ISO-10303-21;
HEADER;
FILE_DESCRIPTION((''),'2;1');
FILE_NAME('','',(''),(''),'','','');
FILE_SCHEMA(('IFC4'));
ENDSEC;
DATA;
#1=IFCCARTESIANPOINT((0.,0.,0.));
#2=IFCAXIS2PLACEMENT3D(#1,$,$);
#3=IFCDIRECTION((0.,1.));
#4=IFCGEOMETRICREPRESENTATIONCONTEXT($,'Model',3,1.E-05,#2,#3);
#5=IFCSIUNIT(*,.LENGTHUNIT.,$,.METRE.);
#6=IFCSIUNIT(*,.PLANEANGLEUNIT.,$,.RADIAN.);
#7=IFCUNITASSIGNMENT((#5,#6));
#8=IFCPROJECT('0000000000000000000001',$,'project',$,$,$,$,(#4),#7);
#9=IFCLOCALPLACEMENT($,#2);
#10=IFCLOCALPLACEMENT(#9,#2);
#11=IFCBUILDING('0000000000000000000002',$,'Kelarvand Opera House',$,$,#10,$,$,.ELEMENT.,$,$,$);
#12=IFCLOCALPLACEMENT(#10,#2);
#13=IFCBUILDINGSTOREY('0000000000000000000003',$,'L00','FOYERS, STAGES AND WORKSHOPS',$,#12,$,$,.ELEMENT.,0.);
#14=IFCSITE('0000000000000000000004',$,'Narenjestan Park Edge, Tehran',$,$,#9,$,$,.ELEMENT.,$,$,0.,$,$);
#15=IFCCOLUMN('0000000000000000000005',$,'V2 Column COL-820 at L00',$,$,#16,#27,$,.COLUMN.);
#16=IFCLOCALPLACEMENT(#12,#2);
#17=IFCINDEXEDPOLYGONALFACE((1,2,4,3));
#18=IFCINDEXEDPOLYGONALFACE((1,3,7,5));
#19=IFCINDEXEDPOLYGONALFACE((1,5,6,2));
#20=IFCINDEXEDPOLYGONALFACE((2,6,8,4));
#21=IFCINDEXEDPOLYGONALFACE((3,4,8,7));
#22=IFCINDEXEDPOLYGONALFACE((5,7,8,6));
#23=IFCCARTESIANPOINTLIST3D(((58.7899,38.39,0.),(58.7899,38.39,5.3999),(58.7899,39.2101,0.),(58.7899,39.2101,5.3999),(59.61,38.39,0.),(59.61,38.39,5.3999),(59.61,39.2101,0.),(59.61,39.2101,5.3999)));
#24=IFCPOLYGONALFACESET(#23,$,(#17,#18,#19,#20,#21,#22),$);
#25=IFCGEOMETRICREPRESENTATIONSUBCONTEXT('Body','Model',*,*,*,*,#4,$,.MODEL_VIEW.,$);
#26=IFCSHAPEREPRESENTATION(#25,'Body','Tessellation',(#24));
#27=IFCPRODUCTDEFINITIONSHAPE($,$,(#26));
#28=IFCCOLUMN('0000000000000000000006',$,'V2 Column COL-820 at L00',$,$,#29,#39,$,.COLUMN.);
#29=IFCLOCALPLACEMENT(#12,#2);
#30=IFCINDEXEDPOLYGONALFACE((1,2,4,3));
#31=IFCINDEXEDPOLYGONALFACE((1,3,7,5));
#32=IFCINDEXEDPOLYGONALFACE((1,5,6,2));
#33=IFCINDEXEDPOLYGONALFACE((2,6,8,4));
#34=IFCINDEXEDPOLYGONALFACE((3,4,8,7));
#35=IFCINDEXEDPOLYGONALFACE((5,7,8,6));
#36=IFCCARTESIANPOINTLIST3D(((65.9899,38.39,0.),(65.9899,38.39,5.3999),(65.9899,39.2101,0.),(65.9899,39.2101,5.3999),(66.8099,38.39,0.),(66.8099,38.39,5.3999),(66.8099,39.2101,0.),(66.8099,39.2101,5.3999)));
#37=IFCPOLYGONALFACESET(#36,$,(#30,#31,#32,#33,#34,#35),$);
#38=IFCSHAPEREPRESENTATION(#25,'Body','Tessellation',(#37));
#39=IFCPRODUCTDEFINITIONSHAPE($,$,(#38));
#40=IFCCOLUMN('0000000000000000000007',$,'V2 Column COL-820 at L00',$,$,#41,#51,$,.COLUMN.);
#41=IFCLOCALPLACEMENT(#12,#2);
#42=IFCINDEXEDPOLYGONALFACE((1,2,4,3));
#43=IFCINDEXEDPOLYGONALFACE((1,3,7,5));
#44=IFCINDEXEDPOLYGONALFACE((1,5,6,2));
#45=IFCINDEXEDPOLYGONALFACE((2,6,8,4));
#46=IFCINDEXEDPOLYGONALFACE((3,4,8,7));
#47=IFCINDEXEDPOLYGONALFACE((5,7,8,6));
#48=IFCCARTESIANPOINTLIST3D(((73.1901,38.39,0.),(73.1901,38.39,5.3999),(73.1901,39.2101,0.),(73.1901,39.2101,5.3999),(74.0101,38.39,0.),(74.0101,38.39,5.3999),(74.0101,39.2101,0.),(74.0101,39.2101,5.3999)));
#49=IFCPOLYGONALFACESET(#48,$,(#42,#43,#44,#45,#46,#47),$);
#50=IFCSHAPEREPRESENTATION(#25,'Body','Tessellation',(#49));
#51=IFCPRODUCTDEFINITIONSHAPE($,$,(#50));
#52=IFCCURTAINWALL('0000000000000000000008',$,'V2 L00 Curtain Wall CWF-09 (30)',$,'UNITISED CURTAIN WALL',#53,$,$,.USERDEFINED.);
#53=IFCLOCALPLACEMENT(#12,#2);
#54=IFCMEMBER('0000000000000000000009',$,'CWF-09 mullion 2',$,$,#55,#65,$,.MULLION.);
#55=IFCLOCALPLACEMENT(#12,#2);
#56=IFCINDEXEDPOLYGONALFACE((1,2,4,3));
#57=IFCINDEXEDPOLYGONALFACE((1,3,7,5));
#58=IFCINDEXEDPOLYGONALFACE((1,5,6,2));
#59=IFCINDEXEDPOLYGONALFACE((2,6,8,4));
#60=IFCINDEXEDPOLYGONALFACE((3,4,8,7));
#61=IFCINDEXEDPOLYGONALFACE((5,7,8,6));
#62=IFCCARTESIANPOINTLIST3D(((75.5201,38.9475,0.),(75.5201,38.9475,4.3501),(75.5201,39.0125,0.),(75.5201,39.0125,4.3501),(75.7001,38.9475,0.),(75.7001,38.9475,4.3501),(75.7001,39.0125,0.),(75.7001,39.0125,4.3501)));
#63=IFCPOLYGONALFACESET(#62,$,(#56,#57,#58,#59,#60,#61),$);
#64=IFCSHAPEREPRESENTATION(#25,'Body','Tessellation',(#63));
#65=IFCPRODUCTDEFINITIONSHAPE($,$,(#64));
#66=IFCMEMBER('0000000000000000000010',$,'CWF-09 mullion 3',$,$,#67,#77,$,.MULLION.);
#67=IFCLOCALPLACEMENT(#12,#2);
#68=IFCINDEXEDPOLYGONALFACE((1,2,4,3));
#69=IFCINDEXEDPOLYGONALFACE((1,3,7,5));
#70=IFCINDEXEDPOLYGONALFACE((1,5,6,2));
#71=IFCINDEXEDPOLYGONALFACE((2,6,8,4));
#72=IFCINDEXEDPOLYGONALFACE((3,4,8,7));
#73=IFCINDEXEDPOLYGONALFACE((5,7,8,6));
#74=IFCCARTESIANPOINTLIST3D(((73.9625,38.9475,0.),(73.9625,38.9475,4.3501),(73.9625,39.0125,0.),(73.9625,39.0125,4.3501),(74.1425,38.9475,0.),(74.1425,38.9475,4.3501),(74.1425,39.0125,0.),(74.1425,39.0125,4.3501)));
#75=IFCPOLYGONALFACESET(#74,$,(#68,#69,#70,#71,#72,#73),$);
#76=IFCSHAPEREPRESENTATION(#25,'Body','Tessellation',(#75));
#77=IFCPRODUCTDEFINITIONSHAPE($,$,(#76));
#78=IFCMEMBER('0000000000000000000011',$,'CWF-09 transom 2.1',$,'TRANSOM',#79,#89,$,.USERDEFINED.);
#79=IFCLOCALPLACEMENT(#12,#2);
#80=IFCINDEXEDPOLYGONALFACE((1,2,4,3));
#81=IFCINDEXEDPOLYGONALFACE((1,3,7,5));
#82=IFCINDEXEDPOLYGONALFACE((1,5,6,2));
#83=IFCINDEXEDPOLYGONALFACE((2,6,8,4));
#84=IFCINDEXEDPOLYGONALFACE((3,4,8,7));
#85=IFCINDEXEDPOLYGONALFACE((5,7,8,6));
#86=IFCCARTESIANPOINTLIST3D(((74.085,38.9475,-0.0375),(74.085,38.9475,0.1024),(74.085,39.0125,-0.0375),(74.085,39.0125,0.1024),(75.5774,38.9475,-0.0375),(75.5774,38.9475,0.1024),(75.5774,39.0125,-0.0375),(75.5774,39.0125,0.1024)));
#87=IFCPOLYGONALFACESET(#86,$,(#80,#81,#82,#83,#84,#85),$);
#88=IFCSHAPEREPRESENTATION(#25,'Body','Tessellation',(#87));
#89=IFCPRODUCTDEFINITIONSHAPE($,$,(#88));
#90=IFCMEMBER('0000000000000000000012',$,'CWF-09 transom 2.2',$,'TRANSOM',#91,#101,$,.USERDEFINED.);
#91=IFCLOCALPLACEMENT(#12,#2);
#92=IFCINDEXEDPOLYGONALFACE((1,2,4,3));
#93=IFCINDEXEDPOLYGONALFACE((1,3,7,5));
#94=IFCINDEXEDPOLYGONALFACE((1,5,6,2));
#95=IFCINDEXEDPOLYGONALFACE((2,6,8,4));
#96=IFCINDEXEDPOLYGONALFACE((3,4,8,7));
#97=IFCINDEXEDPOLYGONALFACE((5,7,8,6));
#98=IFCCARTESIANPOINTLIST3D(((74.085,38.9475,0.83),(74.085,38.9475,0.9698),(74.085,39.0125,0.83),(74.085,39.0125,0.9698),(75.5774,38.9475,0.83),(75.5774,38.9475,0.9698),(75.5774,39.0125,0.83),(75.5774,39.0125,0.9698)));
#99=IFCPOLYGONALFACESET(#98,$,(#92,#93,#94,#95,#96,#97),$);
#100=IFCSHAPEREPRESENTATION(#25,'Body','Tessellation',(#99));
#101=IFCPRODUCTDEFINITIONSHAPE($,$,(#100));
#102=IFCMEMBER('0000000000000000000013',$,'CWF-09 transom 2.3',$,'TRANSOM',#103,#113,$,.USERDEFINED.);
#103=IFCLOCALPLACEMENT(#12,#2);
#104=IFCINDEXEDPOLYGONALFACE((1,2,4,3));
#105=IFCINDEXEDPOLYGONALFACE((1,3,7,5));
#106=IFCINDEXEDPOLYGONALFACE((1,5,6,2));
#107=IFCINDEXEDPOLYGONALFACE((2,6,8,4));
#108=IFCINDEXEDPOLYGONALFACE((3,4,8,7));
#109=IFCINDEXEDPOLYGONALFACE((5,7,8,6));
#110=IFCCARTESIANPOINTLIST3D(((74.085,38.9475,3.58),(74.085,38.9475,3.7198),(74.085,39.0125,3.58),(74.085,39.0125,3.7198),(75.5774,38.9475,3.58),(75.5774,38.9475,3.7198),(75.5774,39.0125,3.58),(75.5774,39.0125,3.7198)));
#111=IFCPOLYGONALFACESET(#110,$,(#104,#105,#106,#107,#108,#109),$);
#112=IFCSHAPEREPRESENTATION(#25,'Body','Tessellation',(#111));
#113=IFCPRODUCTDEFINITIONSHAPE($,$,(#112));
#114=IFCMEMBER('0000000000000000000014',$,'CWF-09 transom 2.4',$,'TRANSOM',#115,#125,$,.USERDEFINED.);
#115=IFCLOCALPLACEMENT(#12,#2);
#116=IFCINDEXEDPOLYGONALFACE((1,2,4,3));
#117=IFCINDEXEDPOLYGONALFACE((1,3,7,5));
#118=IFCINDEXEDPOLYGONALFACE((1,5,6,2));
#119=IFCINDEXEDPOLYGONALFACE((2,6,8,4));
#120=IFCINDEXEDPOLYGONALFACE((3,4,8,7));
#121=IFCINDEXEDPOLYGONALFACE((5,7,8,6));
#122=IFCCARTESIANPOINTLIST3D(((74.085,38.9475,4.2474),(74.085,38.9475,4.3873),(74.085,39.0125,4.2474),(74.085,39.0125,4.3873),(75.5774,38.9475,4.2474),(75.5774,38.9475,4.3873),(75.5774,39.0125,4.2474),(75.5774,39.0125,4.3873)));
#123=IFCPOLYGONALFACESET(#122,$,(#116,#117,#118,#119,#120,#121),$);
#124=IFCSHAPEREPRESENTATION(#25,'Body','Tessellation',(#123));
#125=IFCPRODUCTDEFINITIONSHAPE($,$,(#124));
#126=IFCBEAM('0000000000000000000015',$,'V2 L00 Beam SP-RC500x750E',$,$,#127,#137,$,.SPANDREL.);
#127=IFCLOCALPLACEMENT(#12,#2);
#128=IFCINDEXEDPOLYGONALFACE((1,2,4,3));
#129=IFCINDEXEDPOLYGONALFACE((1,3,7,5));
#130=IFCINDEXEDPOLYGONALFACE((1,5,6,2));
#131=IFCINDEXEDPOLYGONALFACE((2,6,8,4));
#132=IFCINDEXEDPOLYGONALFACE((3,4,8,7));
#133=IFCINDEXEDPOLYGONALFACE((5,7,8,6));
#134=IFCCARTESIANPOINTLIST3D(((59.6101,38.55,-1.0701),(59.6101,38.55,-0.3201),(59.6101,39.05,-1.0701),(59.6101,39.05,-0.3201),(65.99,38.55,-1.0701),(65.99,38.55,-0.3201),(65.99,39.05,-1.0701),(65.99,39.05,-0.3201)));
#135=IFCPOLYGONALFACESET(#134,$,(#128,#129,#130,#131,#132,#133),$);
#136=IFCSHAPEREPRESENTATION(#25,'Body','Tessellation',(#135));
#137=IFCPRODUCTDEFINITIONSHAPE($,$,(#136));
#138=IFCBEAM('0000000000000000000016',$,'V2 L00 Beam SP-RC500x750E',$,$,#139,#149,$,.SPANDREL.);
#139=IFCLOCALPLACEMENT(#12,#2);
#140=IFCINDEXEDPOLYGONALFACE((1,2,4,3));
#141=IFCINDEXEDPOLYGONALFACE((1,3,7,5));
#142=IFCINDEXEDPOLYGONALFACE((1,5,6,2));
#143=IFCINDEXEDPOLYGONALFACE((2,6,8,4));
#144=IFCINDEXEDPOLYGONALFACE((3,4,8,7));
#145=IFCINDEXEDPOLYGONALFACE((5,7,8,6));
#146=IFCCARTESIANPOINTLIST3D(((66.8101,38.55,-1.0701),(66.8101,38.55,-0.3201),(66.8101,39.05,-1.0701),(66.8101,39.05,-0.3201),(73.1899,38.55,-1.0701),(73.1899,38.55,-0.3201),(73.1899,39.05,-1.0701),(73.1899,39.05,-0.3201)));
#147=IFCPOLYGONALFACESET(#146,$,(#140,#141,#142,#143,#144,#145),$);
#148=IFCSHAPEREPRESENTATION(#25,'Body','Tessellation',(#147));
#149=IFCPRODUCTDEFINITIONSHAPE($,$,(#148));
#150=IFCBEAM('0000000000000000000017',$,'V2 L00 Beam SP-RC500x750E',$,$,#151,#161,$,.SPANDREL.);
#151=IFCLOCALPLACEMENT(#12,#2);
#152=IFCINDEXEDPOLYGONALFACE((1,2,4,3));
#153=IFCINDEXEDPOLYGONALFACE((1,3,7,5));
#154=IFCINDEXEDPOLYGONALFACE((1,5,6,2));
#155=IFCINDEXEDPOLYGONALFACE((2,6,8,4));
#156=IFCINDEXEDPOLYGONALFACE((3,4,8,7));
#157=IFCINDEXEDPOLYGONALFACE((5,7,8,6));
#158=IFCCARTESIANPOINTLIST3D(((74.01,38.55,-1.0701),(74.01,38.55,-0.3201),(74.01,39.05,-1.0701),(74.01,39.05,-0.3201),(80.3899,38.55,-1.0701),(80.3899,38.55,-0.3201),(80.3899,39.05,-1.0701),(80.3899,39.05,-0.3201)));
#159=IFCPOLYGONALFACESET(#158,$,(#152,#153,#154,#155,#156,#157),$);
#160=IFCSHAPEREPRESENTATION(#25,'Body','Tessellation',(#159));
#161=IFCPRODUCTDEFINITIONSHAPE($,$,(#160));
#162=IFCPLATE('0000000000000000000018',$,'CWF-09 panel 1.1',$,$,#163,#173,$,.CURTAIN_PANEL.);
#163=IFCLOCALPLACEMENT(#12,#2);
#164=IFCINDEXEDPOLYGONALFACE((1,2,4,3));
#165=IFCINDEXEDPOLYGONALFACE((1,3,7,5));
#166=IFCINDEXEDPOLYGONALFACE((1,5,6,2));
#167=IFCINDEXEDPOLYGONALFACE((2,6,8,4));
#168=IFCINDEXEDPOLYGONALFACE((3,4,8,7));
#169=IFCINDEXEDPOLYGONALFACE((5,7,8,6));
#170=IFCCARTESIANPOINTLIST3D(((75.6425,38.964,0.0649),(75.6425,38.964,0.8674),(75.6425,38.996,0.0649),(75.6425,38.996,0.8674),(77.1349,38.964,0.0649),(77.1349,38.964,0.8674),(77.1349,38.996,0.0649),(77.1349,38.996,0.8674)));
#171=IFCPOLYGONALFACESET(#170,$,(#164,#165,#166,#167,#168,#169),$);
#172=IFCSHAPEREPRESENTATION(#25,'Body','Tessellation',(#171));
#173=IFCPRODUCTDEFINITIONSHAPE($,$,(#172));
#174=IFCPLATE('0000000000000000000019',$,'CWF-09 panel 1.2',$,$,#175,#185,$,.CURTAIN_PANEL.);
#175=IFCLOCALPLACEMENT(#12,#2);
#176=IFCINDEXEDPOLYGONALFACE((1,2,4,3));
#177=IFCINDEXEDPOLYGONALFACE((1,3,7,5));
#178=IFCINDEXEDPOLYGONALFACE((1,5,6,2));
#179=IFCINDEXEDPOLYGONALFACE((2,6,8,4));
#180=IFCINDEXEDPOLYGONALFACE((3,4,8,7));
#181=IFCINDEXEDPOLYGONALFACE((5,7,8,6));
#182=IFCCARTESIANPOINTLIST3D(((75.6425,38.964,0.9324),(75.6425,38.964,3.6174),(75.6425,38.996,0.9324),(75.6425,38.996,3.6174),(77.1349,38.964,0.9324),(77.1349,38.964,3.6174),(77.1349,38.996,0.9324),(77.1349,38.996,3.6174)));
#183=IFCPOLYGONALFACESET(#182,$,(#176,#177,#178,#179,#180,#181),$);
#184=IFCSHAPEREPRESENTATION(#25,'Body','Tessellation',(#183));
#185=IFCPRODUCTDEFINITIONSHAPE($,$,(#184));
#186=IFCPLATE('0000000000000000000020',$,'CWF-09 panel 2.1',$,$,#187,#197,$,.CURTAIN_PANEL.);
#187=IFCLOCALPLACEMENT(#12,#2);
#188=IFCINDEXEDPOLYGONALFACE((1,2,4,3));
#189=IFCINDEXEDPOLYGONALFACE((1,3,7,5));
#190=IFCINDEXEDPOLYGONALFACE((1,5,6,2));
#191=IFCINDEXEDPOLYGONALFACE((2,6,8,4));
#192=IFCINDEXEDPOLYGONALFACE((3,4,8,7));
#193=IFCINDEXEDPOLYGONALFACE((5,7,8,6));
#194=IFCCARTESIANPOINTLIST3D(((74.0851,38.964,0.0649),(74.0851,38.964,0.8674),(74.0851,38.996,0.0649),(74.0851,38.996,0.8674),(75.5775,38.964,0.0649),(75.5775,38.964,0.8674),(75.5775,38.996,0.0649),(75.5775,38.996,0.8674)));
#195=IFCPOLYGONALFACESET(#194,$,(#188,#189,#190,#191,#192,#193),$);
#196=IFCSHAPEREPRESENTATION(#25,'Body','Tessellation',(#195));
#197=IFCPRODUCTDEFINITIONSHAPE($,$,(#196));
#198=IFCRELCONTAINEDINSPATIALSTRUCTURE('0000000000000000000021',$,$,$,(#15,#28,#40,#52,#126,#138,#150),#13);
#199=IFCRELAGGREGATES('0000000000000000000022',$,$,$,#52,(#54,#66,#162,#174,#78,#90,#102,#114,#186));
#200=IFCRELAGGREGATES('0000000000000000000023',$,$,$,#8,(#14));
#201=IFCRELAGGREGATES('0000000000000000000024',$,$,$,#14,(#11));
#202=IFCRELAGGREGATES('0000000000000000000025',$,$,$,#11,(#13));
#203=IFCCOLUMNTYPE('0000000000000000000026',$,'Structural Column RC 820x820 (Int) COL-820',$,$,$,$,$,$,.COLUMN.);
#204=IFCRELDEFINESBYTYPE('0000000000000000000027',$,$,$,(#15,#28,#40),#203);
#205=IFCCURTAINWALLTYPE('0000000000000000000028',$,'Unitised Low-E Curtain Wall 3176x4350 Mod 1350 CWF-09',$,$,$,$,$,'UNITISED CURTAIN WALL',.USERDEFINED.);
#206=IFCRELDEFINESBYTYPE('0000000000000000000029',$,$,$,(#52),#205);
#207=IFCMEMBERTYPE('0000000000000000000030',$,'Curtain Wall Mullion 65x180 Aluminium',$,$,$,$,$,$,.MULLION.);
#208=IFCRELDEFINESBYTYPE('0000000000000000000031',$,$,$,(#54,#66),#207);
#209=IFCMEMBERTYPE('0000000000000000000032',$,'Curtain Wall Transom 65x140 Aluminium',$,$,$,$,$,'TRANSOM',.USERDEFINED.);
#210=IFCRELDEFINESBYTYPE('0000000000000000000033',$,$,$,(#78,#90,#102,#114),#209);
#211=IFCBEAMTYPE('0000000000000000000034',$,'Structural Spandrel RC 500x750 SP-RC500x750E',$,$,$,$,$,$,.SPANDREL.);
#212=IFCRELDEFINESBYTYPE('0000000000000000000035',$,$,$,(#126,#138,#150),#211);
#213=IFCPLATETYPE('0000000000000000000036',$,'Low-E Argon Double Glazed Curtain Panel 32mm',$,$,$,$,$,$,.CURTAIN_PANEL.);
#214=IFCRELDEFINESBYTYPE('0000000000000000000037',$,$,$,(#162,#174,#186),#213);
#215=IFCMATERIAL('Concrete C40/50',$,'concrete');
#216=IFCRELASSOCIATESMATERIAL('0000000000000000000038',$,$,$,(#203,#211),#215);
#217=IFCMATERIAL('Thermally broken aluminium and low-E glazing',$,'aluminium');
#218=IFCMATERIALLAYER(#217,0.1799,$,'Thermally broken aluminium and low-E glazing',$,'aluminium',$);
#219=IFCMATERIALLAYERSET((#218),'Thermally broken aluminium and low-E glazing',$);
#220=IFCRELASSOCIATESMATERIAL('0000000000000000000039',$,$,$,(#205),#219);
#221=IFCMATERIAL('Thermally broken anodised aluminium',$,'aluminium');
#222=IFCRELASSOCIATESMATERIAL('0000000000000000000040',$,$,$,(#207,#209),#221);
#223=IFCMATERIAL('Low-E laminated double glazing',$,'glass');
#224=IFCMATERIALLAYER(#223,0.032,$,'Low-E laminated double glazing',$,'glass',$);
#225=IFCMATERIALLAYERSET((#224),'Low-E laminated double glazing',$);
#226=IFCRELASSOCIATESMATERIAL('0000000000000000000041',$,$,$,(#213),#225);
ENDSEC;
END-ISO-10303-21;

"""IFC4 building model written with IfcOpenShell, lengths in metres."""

from ifc_helpers import new_model, si_unit, direction, frame, origin, origin_2d, place, context, subcontext, project, spatial, rectangle, extrude, material, layer, layer_set, material_profile, profile_set, type_object, element, aggregate, save


model = new_model("IFC4")

# Units and contexts
model_context = context("Model", 3, precision=1e-05, world=origin(), true_north=direction((0.0, 1.0)))
body_context = subcontext(model_context, "Body", "Model", "MODEL_VIEW")
ifc_project = project(units=[si_unit("LENGTHUNIT", "METRE"), si_unit("PLANEANGLEUNIT", "RADIAN")], contexts=[model_context])

# Site, building, storey
site_placement = place(None, origin())
site = spatial("IfcSite", under=ifc_project, at=site_placement, Name="Narenjestan Park Edge, Tehran", CompositionType="ELEMENT", RefElevation=0.0)
building_placement = place(site_placement, origin())
building = spatial("IfcBuilding", under=site, at=building_placement, Name="Kelarvand Opera House", CompositionType="ELEMENT")
storey_placement = place(building_placement, origin())
storey = spatial("IfcBuildingStorey", under=building, at=storey_placement, Name="L00", Description="FOYERS, STAGES AND WORKSHOPS", CompositionType="ELEMENT", Elevation=0.0)

# Columns
ifc_material_1 = material(Name="Concrete C40/50", Category="concrete")
ifc_material_profile_1 = material_profile(ifc_material_1, rectangle(XDim=0.8201, YDim=0.8201, at=origin_2d()), Name="RC 820x820", Category="concrete")
ifc_profile_set_1 = profile_set([ifc_material_profile_1], Name="Concrete C40/50")
column_type = type_object("IfcColumnType", Name="Structural Column RC 820x820 (Int) COL-820", PredefinedType="COLUMN", material=ifc_profile_set_1)
for number, where, z_axis, x_axis, name in (
    (1, (59.2, 38.8, 0.0), (0.0, 0.0, 1.0), (1.0, 0.0, 0.0), "V2 Column COL-820 at L00"),
    (2, (66.3999, 38.8, 0.0), (0.0, 0.0, 1.0), (1.0, 0.0, 0.0), "V2 Column COL-820 at L00"),
    (3, (73.6001, 38.8, 0.0), (0.0, 0.0, 1.0), (1.0, 0.0, 0.0), "V2 Column COL-820 at L00"),
):
    element("IfcColumn", number, at=place(storey_placement, frame(where, z_axis=z_axis, x_axis=x_axis)), inside=storey, type_object=column_type, Name=name, PredefinedType="COLUMN", context=body_context, shape_type="SweptSolid", body=[
        extrude(rectangle(XDim=0.8201, YDim=0.8201, at=origin_2d()), origin(), (0.0, 0.0, 1.0), 5.3999),
    ])

# Curtain wall, members
ifc_material_2 = material(Name="Thermally broken aluminium and low-E glazing", Category="aluminium")
ifc_layer_1 = layer(ifc_material_2, 0.1799, Name="Thermally broken aluminium and low-E glazing", Category="aluminium")
ifc_layer_set_1 = layer_set([ifc_layer_1], Name="Thermally broken aluminium and low-E glazing")
curtain_wall_type = type_object("IfcCurtainWallType", Name="Unitised Low-E Curtain Wall 3176x4350 Mod 1350 CWF-09", ElementType="UNITISED CURTAIN WALL", PredefinedType="USERDEFINED", material=ifc_layer_set_1)
curtain_wall_placement = place(storey_placement, origin())
curtain_wall = element("IfcCurtainWall", 4, at=curtain_wall_placement, inside=storey, type_object=curtain_wall_type, Name="V2 L00 Curtain Wall CWF-09 (30)", ObjectType="UNITISED CURTAIN WALL", PredefinedType="USERDEFINED")
ifc_material_3 = material(Name="Thermally broken anodised aluminium", Category="aluminium")
ifc_material_profile_2 = material_profile(ifc_material_3, rectangle(XDim=0.0649, YDim=0.1799, at=origin_2d()), Name="ALU MULLION 65x180", Category="aluminium")
ifc_profile_set_2 = profile_set([ifc_material_profile_2], Name="Thermally broken anodised aluminium")
member_type_1 = type_object("IfcMemberType", Name="Curtain Wall Mullion 65x180 Aluminium", PredefinedType="MULLION", material=ifc_profile_set_2)
member_1_placement = place(storey_placement, frame((75.6101, 38.98, 0.0), z_axis=(0.0, 0.0, 1.0), x_axis=(0.0, -1.0, 0.0)))
member_1 = element("IfcMember", 5, at=member_1_placement, type_object=member_type_1, Name="CWF-09 mullion 2", PredefinedType="MULLION", context=body_context, shape_type="SweptSolid", body=[
    extrude(rectangle(XDim=0.0649, YDim=0.1799, at=origin_2d()), origin(), (0.0, 0.0, 1.0), 4.3501),
])
member_2_placement = place(storey_placement, frame((74.0525, 38.98, 0.0), z_axis=(0.0, 0.0, 1.0), x_axis=(0.0, -1.0, 0.0)))
member_2 = element("IfcMember", 6, at=member_2_placement, type_object=member_type_1, Name="CWF-09 mullion 3", PredefinedType="MULLION", context=body_context, shape_type="SweptSolid", body=[
    extrude(rectangle(XDim=0.0649, YDim=0.1799, at=origin_2d()), origin(), (0.0, 0.0, 1.0), 4.3501),
])
ifc_material_profile_3 = material_profile(ifc_material_3, rectangle(XDim=0.0649, YDim=0.1399, at=origin_2d()), Name="ALU TRANSOM 65x140", Category="aluminium")
ifc_profile_set_3 = profile_set([ifc_material_profile_3], Name="Thermally broken anodised aluminium")
member_type_2 = type_object("IfcMemberType", Name="Curtain Wall Transom 65x140 Aluminium", ElementType="TRANSOM", PredefinedType="USERDEFINED", material=ifc_profile_set_3)
member_3_placement = place(storey_placement, frame((75.5774, 38.98, 0.0325), z_axis=(-1.0, 0.0, 0.0), x_axis=(0.0, -1.0, 0.0)))
member_3 = element("IfcMember", 7, at=member_3_placement, type_object=member_type_2, Name="CWF-09 transom 2.1", ObjectType="TRANSOM", PredefinedType="USERDEFINED", context=body_context, shape_type="SweptSolid", body=[
    extrude(rectangle(XDim=0.0649, YDim=0.1399, at=origin_2d()), origin(), (0.0, 0.0, 1.0), 1.4924),
])
member_4_placement = place(storey_placement, frame((75.5774, 38.98, 0.8999), z_axis=(-1.0, 0.0, 0.0), x_axis=(0.0, -1.0, 0.0)))
member_4 = element("IfcMember", 8, at=member_4_placement, type_object=member_type_2, Name="CWF-09 transom 2.2", ObjectType="TRANSOM", PredefinedType="USERDEFINED", context=body_context, shape_type="SweptSolid", body=[
    extrude(rectangle(XDim=0.0649, YDim=0.1399, at=origin_2d()), origin(), (0.0, 0.0, 1.0), 1.4924),
])
member_5_placement = place(storey_placement, frame((75.5774, 38.98, 3.6499), z_axis=(-1.0, 0.0, 0.0), x_axis=(0.0, -1.0, 0.0)))
member_5 = element("IfcMember", 9, at=member_5_placement, type_object=member_type_2, Name="CWF-09 transom 2.3", ObjectType="TRANSOM", PredefinedType="USERDEFINED", context=body_context, shape_type="SweptSolid", body=[
    extrude(rectangle(XDim=0.0649, YDim=0.1399, at=origin_2d()), origin(), (0.0, 0.0, 1.0), 1.4924),
])
member_6_placement = place(storey_placement, frame((75.5774, 38.98, 4.3174), z_axis=(-1.0, 0.0, 0.0), x_axis=(0.0, -1.0, 0.0)))
member_6 = element("IfcMember", 10, at=member_6_placement, type_object=member_type_2, Name="CWF-09 transom 2.4", ObjectType="TRANSOM", PredefinedType="USERDEFINED", context=body_context, shape_type="SweptSolid", body=[
    extrude(rectangle(XDim=0.0649, YDim=0.1399, at=origin_2d()), origin(), (0.0, 0.0, 1.0), 1.4924),
])

# Beams
ifc_material_profile_4 = material_profile(ifc_material_1, rectangle(XDim=0.5, YDim=0.75, at=origin_2d()), Name="RC 500x750", Category="concrete")
ifc_profile_set_4 = profile_set([ifc_material_profile_4], Name="Concrete C40/50")
beam_type = type_object("IfcBeamType", Name="Structural Spandrel RC 500x750 SP-RC500x750E", PredefinedType="SPANDREL", material=ifc_profile_set_4)
for number, where, z_axis, x_axis, name in (
    (11, (59.6101, 38.8, -0.6951), (1.0, 0.0, 0.0), (0.0, 1.0, 0.0), "V2 L00 Beam SP-RC500x750E"),
    (12, (66.8101, 38.8, -0.6951), (1.0, 0.0, 0.0), (0.0, 1.0, 0.0), "V2 L00 Beam SP-RC500x750E"),
    (13, (74.01, 38.8, -0.6951), (1.0, 0.0, 0.0), (0.0, 1.0, 0.0), "V2 L00 Beam SP-RC500x750E"),
):
    element("IfcBeam", number, at=place(storey_placement, frame(where, z_axis=z_axis, x_axis=x_axis)), inside=storey, type_object=beam_type, Name=name, PredefinedType="SPANDREL", context=body_context, shape_type="SweptSolid", body=[
        extrude(rectangle(XDim=0.5, YDim=0.75, at=origin_2d()), origin(), (0.0, 0.0, 1.0), 6.3799),
    ])

# Plates
ifc_material_4 = material(Name="Low-E laminated double glazing", Category="glass")
ifc_layer_2 = layer(ifc_material_4, 0.032, Name="Low-E laminated double glazing", Category="glass")
ifc_layer_set_2 = layer_set([ifc_layer_2], Name="Low-E laminated double glazing")
plate_type = type_object("IfcPlateType", Name="Low-E Argon Double Glazed Curtain Panel 32mm", PredefinedType="CURTAIN_PANEL", material=ifc_layer_set_2)
plate_1_placement = place(storey_placement, frame((76.3887, 38.98, 0.0649), z_axis=(0.0, 0.0, 1.0), x_axis=(-1.0, 0.0, 0.0)))
plate_1 = element("IfcPlate", 14, at=plate_1_placement, type_object=plate_type, Name="CWF-09 panel 1.1", PredefinedType="CURTAIN_PANEL", context=body_context, shape_type="SweptSolid", body=[
    extrude(rectangle(XDim=1.4924, YDim=0.032, at=origin_2d()), origin(), (0.0, 0.0, 1.0), 0.8025),
])
plate_2_placement = place(storey_placement, frame((76.3887, 38.98, 0.9324), z_axis=(0.0, 0.0, 1.0), x_axis=(-1.0, 0.0, 0.0)))
plate_2 = element("IfcPlate", 15, at=plate_2_placement, type_object=plate_type, Name="CWF-09 panel 1.2", PredefinedType="CURTAIN_PANEL", context=body_context, shape_type="SweptSolid", body=[
    extrude(rectangle(XDim=1.4924, YDim=0.032, at=origin_2d()), origin(), (0.0, 0.0, 1.0), 2.6851),
])
plate_3_placement = place(storey_placement, frame((74.8313, 38.98, 0.0649), z_axis=(0.0, 0.0, 1.0), x_axis=(-1.0, 0.0, 0.0)))
plate_3 = element("IfcPlate", 16, at=plate_3_placement, type_object=plate_type, Name="CWF-09 panel 2.1", PredefinedType="CURTAIN_PANEL", context=body_context, shape_type="SweptSolid", body=[
    extrude(rectangle(XDim=1.4924, YDim=0.032, at=origin_2d()), origin(), (0.0, 0.0, 1.0), 0.8025),
])
aggregate(curtain_wall, [member_1, member_2, plate_1, plate_2, member_3, member_4, member_5, member_6, plate_3])

save(model, "model.ifc")
